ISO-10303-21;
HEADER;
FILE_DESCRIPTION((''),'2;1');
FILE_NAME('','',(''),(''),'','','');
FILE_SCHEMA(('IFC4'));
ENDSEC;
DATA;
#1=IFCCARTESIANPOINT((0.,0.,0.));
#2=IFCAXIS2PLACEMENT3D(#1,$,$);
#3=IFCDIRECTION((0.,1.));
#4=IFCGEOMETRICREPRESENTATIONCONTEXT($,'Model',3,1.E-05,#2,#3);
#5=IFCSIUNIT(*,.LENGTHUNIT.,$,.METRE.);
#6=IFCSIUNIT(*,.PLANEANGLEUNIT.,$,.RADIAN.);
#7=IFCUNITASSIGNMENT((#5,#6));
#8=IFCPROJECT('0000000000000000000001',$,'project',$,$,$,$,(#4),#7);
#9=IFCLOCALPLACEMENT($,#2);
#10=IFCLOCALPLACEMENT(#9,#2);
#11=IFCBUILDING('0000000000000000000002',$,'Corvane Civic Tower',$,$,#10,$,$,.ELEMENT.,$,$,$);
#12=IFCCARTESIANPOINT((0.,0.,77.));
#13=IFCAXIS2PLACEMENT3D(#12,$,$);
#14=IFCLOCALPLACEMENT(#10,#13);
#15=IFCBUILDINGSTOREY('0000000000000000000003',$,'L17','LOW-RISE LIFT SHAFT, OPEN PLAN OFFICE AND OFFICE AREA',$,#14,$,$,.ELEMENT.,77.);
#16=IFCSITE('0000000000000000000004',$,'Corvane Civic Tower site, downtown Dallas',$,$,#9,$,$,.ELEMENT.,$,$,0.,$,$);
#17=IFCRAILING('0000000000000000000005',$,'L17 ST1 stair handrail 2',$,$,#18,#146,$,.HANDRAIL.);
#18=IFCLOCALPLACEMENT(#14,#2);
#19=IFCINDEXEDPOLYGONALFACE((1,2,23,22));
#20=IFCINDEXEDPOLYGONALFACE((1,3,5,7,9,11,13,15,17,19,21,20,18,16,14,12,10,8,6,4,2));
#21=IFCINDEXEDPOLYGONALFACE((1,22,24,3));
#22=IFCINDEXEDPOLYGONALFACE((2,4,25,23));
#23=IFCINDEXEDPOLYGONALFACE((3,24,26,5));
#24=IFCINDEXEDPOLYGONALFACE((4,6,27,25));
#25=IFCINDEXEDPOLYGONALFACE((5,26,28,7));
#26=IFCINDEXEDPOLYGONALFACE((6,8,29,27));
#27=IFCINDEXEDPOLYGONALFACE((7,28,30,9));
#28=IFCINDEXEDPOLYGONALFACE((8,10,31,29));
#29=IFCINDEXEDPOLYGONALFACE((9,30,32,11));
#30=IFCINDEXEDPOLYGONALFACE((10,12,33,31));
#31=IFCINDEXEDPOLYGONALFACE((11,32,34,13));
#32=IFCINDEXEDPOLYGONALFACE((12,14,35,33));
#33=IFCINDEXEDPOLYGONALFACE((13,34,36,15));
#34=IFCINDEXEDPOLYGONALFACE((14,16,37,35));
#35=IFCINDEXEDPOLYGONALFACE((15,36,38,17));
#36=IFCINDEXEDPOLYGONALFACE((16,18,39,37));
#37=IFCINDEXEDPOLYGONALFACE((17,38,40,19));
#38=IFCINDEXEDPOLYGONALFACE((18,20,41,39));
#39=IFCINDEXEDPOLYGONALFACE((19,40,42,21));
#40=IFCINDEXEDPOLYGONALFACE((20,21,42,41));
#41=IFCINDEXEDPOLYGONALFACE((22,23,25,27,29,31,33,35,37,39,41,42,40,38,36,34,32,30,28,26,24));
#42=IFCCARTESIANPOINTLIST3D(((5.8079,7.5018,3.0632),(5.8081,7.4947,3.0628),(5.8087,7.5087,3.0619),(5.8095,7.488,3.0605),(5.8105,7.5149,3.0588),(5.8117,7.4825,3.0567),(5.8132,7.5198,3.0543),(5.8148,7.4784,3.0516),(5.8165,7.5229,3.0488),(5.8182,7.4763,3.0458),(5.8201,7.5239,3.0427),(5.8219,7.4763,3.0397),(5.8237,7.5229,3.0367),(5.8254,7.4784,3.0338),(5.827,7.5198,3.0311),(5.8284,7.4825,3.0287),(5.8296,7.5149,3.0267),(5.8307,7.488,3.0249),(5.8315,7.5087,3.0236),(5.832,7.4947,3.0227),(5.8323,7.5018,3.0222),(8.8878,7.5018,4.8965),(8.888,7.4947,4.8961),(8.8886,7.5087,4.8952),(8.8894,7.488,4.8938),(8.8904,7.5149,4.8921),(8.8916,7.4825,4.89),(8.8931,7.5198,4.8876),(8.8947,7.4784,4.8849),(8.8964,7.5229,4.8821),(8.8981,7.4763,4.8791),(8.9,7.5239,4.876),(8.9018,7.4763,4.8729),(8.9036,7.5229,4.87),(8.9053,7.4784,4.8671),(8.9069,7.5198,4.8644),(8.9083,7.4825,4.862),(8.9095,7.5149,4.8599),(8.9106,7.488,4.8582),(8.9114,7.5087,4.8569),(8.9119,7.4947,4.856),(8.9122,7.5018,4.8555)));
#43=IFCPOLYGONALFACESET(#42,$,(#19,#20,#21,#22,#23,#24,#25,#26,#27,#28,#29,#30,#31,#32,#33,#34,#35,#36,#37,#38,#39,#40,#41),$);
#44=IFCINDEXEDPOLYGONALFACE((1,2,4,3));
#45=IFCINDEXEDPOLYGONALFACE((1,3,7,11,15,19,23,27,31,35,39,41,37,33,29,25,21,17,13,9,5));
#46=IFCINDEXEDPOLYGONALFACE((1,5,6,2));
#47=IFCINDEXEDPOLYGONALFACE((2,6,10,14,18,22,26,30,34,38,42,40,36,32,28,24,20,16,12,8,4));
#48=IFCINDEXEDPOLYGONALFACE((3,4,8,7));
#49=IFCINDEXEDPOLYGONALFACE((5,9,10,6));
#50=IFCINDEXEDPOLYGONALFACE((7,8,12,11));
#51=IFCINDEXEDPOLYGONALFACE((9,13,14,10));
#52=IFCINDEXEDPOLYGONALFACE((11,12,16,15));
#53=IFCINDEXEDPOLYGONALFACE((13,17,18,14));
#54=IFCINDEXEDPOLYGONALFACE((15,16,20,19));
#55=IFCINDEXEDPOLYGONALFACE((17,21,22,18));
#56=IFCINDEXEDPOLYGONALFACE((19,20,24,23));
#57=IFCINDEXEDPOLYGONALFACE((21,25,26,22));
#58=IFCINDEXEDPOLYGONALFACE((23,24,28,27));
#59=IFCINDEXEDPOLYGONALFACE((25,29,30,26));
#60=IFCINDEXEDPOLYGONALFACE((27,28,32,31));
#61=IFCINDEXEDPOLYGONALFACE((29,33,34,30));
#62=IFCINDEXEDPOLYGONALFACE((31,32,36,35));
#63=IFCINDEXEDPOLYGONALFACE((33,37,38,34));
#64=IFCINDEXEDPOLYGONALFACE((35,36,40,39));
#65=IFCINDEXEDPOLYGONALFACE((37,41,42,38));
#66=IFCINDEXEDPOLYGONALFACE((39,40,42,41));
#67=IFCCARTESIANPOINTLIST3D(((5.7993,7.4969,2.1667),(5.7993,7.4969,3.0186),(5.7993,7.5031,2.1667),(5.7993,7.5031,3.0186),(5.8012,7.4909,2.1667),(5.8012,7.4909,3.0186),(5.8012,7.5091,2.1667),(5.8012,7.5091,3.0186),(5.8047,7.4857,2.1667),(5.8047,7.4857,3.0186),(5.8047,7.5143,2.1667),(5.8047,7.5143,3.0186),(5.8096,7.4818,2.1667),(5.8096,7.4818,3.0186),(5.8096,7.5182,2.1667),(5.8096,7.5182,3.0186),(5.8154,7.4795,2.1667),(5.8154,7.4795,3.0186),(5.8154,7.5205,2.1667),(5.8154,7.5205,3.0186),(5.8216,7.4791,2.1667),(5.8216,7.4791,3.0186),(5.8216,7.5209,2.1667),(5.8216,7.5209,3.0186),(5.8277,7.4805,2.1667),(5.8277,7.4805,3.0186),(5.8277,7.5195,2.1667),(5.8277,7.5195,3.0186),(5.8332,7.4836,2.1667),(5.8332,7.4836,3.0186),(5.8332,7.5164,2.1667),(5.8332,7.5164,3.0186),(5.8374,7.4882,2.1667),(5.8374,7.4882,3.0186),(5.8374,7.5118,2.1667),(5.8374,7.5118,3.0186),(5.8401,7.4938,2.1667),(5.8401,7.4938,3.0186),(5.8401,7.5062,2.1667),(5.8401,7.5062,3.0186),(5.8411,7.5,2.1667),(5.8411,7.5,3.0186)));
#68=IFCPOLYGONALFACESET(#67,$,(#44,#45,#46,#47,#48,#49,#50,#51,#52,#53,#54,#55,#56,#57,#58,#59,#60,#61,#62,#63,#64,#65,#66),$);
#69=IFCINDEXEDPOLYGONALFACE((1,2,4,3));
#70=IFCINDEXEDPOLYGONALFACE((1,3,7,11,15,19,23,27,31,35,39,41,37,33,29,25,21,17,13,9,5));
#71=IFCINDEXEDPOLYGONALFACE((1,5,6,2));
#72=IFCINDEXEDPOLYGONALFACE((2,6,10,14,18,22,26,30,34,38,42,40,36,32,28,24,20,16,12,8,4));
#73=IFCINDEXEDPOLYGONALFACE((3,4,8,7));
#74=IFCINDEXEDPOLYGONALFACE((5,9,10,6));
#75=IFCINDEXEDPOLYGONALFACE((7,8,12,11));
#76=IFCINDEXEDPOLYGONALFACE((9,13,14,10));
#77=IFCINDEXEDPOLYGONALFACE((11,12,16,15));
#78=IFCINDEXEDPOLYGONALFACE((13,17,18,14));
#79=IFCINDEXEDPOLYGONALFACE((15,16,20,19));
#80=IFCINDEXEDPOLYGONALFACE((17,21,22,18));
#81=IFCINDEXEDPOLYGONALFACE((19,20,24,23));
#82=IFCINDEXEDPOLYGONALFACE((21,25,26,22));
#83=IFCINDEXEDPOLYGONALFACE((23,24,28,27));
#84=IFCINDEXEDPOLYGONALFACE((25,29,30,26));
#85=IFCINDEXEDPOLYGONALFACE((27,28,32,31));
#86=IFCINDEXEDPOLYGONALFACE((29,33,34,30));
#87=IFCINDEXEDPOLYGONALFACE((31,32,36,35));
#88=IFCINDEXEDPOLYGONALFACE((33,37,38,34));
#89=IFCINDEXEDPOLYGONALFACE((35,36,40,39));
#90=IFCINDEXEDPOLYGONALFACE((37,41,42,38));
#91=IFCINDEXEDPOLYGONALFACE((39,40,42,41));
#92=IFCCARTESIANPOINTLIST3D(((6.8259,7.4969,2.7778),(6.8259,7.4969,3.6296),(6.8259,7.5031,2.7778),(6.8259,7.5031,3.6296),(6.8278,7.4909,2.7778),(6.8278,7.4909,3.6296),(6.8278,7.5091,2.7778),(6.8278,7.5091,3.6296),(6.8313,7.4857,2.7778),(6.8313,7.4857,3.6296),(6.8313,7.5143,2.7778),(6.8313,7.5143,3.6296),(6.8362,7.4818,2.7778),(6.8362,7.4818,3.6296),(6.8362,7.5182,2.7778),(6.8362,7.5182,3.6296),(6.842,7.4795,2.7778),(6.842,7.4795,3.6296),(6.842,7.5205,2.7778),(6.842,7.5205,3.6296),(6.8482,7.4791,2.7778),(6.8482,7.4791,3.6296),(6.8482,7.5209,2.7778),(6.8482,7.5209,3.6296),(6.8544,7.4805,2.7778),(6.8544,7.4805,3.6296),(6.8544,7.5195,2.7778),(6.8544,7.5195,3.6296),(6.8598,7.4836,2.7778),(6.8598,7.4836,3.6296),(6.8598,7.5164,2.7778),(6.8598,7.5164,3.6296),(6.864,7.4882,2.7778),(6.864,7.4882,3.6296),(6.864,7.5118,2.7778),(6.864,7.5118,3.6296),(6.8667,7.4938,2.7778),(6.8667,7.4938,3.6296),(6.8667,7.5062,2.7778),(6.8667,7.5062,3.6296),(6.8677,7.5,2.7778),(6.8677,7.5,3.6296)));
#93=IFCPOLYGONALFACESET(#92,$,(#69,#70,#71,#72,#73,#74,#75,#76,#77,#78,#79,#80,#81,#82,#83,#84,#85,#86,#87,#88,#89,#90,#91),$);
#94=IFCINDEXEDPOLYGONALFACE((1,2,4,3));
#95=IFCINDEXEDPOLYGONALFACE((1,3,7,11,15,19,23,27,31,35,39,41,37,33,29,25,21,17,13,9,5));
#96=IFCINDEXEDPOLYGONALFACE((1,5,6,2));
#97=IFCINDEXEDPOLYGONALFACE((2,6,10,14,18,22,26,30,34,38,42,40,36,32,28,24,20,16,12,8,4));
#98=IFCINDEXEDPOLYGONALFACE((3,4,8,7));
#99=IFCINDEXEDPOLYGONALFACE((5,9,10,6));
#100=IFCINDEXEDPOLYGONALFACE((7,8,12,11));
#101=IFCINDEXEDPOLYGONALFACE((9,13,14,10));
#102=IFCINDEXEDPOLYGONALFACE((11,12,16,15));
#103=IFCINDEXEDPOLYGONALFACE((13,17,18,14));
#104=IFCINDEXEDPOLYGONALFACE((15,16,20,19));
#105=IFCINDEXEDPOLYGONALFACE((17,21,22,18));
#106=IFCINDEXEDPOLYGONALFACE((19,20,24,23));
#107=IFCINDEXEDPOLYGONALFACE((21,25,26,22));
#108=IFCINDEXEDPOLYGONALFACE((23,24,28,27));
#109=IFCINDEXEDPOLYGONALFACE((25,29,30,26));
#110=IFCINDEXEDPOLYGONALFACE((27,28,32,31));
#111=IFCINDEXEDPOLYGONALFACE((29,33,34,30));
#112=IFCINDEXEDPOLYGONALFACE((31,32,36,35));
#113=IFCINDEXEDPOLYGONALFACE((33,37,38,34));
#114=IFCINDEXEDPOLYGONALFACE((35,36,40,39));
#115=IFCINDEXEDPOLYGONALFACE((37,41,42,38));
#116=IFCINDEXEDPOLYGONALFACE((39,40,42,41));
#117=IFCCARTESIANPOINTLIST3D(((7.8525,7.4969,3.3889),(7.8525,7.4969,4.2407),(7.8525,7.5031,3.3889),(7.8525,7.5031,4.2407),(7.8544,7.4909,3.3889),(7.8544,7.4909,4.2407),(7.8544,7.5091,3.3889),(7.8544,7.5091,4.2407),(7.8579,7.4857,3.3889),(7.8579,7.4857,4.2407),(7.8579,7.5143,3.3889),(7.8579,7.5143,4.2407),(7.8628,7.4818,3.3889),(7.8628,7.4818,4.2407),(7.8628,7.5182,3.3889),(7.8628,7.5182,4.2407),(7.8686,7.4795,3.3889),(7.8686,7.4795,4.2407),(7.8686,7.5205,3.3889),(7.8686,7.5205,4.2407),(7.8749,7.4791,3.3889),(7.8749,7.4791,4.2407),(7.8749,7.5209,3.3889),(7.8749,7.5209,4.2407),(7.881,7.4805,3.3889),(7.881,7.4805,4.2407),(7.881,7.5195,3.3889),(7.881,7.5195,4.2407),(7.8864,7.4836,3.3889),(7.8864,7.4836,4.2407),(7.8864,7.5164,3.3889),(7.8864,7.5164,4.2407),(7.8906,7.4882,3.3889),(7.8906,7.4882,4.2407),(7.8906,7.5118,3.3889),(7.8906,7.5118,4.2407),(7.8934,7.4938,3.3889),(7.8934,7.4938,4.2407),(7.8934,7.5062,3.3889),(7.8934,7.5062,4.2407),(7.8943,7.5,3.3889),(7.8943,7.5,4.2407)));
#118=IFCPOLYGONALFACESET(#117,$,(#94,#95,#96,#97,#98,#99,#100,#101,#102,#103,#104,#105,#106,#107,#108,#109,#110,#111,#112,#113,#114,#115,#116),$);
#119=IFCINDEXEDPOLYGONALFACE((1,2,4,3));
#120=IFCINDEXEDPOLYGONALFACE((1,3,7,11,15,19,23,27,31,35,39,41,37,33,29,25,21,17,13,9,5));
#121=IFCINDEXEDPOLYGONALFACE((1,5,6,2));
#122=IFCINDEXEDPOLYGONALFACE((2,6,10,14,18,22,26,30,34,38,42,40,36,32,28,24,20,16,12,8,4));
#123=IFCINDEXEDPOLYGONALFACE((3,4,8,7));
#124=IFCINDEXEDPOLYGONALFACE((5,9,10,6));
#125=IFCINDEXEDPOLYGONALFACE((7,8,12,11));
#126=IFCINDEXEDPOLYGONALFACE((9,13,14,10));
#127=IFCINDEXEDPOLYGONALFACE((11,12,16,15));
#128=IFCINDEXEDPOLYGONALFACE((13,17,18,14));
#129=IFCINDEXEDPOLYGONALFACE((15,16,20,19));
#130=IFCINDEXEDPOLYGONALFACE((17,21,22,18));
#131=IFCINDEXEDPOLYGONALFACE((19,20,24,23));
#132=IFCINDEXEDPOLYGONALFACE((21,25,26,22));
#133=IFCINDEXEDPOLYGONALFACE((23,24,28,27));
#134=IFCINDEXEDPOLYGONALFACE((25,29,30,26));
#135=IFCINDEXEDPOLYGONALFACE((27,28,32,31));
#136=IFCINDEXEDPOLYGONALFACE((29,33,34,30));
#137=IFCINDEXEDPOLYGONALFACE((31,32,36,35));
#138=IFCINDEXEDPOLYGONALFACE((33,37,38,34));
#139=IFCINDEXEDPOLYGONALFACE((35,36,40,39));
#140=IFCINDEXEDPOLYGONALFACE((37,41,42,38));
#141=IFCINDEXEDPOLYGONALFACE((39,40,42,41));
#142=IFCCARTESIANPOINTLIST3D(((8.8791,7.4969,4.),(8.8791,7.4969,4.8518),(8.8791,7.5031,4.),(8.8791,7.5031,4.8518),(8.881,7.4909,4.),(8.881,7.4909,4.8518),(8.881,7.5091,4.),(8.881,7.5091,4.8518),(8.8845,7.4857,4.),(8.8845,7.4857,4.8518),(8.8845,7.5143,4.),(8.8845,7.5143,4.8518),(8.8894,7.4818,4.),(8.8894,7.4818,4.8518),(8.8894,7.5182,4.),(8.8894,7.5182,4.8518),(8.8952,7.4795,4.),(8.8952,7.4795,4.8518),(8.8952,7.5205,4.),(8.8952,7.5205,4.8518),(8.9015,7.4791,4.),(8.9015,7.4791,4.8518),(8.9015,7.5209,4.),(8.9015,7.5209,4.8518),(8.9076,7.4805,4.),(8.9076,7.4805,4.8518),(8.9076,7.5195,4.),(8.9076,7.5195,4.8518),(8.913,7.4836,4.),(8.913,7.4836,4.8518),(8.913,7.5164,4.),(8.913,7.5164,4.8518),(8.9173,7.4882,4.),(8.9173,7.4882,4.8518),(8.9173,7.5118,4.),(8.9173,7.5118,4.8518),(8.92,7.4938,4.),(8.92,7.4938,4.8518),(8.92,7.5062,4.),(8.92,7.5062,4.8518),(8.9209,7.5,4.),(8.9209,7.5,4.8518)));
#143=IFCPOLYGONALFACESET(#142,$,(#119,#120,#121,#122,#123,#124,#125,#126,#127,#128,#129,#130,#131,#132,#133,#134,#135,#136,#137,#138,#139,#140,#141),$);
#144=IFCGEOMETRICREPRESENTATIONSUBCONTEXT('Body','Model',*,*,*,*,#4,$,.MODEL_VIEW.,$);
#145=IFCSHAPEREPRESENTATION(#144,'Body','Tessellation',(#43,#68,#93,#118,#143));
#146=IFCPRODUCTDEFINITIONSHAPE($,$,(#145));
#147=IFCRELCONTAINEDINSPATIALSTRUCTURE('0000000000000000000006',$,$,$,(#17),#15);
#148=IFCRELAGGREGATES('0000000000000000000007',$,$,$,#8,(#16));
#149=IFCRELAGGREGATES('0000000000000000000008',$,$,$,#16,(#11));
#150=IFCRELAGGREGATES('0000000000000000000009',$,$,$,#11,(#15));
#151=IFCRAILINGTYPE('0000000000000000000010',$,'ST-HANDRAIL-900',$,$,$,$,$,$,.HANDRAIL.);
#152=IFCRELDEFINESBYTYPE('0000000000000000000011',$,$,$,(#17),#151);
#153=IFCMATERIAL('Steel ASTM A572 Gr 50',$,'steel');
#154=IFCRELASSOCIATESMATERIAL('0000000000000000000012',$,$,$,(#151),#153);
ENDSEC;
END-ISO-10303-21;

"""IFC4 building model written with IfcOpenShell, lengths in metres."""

from ifc_helpers import new_model, si_unit, direction, frame, origin, origin_2d, place, context, subcontext, project, spatial, circle, extrude, material, type_object, element, save


model = new_model("IFC4")

# Units and contexts
model_context = context("Model", 3, precision=1e-05, world=origin(), true_north=direction((0.0, 1.0)))
body_context = subcontext(model_context, "Body", "Model", "MODEL_VIEW")
ifc_project = project(units=[si_unit("LENGTHUNIT", "METRE"), si_unit("PLANEANGLEUNIT", "RADIAN")], contexts=[model_context])

# Site, building, storey
site_placement = place(None, origin())
site = spatial("IfcSite", under=ifc_project, at=site_placement, Name="Corvane Civic Tower site, downtown Dallas", CompositionType="ELEMENT", RefElevation=0.0)
building_placement = place(site_placement, origin())
building = spatial("IfcBuilding", under=site, at=building_placement, Name="Corvane Civic Tower", CompositionType="ELEMENT")
storey_placement = place(building_placement, frame((0.0, 0.0, 77.0)))
storey = spatial("IfcBuildingStorey", under=building, at=storey_placement, Name="L17", Description="LOW-RISE LIFT SHAFT, OPEN PLAN OFFICE AND OFFICE AREA", CompositionType="ELEMENT", Elevation=77.0)

# Railing
ifc_material_1 = material(Name="Steel ASTM A572 Gr 50", Category="steel")
railing_type_1 = type_object("IfcRailingType", Name="ST-HANDRAIL-900", PredefinedType="HANDRAIL", material=ifc_material_1)
railing_1_placement = place(storey_placement, frame((5.8201, 7.5, 2.1667)))
element("IfcRailing", 1, at=railing_1_placement, inside=storey, type_object=railing_type_1, Name="L17 ST1 stair handrail 2", PredefinedType="HANDRAIL", context=body_context, shape_type="SweptSolid", body=[
    extrude(circle(Radius=0.0239, at=origin_2d()), frame((0.0, 0.0, 0.876), z_axis=(0.859291, 0.0, 0.511487), x_axis=(0.0, 1.0, 0.0)), (0.0, 0.0, 1.0), 3.5842),
    extrude(circle(Radius=0.021, at=origin_2d()), origin(), (0.0, 0.0, 1.0), 0.8518),
    extrude(circle(Radius=0.021, at=origin_2d()), frame((1.0266, 0.0, 0.6111)), (0.0, 0.0, 1.0), 0.8518),
    extrude(circle(Radius=0.021, at=origin_2d()), frame((2.0532, 0.0, 1.2222)), (0.0, 0.0, 1.0), 0.8518),
    extrude(circle(Radius=0.021, at=origin_2d()), frame((3.0798, 0.0, 1.8333)), (0.0, 0.0, 1.0), 0.8518),
])

save(model, "model.ifc")
